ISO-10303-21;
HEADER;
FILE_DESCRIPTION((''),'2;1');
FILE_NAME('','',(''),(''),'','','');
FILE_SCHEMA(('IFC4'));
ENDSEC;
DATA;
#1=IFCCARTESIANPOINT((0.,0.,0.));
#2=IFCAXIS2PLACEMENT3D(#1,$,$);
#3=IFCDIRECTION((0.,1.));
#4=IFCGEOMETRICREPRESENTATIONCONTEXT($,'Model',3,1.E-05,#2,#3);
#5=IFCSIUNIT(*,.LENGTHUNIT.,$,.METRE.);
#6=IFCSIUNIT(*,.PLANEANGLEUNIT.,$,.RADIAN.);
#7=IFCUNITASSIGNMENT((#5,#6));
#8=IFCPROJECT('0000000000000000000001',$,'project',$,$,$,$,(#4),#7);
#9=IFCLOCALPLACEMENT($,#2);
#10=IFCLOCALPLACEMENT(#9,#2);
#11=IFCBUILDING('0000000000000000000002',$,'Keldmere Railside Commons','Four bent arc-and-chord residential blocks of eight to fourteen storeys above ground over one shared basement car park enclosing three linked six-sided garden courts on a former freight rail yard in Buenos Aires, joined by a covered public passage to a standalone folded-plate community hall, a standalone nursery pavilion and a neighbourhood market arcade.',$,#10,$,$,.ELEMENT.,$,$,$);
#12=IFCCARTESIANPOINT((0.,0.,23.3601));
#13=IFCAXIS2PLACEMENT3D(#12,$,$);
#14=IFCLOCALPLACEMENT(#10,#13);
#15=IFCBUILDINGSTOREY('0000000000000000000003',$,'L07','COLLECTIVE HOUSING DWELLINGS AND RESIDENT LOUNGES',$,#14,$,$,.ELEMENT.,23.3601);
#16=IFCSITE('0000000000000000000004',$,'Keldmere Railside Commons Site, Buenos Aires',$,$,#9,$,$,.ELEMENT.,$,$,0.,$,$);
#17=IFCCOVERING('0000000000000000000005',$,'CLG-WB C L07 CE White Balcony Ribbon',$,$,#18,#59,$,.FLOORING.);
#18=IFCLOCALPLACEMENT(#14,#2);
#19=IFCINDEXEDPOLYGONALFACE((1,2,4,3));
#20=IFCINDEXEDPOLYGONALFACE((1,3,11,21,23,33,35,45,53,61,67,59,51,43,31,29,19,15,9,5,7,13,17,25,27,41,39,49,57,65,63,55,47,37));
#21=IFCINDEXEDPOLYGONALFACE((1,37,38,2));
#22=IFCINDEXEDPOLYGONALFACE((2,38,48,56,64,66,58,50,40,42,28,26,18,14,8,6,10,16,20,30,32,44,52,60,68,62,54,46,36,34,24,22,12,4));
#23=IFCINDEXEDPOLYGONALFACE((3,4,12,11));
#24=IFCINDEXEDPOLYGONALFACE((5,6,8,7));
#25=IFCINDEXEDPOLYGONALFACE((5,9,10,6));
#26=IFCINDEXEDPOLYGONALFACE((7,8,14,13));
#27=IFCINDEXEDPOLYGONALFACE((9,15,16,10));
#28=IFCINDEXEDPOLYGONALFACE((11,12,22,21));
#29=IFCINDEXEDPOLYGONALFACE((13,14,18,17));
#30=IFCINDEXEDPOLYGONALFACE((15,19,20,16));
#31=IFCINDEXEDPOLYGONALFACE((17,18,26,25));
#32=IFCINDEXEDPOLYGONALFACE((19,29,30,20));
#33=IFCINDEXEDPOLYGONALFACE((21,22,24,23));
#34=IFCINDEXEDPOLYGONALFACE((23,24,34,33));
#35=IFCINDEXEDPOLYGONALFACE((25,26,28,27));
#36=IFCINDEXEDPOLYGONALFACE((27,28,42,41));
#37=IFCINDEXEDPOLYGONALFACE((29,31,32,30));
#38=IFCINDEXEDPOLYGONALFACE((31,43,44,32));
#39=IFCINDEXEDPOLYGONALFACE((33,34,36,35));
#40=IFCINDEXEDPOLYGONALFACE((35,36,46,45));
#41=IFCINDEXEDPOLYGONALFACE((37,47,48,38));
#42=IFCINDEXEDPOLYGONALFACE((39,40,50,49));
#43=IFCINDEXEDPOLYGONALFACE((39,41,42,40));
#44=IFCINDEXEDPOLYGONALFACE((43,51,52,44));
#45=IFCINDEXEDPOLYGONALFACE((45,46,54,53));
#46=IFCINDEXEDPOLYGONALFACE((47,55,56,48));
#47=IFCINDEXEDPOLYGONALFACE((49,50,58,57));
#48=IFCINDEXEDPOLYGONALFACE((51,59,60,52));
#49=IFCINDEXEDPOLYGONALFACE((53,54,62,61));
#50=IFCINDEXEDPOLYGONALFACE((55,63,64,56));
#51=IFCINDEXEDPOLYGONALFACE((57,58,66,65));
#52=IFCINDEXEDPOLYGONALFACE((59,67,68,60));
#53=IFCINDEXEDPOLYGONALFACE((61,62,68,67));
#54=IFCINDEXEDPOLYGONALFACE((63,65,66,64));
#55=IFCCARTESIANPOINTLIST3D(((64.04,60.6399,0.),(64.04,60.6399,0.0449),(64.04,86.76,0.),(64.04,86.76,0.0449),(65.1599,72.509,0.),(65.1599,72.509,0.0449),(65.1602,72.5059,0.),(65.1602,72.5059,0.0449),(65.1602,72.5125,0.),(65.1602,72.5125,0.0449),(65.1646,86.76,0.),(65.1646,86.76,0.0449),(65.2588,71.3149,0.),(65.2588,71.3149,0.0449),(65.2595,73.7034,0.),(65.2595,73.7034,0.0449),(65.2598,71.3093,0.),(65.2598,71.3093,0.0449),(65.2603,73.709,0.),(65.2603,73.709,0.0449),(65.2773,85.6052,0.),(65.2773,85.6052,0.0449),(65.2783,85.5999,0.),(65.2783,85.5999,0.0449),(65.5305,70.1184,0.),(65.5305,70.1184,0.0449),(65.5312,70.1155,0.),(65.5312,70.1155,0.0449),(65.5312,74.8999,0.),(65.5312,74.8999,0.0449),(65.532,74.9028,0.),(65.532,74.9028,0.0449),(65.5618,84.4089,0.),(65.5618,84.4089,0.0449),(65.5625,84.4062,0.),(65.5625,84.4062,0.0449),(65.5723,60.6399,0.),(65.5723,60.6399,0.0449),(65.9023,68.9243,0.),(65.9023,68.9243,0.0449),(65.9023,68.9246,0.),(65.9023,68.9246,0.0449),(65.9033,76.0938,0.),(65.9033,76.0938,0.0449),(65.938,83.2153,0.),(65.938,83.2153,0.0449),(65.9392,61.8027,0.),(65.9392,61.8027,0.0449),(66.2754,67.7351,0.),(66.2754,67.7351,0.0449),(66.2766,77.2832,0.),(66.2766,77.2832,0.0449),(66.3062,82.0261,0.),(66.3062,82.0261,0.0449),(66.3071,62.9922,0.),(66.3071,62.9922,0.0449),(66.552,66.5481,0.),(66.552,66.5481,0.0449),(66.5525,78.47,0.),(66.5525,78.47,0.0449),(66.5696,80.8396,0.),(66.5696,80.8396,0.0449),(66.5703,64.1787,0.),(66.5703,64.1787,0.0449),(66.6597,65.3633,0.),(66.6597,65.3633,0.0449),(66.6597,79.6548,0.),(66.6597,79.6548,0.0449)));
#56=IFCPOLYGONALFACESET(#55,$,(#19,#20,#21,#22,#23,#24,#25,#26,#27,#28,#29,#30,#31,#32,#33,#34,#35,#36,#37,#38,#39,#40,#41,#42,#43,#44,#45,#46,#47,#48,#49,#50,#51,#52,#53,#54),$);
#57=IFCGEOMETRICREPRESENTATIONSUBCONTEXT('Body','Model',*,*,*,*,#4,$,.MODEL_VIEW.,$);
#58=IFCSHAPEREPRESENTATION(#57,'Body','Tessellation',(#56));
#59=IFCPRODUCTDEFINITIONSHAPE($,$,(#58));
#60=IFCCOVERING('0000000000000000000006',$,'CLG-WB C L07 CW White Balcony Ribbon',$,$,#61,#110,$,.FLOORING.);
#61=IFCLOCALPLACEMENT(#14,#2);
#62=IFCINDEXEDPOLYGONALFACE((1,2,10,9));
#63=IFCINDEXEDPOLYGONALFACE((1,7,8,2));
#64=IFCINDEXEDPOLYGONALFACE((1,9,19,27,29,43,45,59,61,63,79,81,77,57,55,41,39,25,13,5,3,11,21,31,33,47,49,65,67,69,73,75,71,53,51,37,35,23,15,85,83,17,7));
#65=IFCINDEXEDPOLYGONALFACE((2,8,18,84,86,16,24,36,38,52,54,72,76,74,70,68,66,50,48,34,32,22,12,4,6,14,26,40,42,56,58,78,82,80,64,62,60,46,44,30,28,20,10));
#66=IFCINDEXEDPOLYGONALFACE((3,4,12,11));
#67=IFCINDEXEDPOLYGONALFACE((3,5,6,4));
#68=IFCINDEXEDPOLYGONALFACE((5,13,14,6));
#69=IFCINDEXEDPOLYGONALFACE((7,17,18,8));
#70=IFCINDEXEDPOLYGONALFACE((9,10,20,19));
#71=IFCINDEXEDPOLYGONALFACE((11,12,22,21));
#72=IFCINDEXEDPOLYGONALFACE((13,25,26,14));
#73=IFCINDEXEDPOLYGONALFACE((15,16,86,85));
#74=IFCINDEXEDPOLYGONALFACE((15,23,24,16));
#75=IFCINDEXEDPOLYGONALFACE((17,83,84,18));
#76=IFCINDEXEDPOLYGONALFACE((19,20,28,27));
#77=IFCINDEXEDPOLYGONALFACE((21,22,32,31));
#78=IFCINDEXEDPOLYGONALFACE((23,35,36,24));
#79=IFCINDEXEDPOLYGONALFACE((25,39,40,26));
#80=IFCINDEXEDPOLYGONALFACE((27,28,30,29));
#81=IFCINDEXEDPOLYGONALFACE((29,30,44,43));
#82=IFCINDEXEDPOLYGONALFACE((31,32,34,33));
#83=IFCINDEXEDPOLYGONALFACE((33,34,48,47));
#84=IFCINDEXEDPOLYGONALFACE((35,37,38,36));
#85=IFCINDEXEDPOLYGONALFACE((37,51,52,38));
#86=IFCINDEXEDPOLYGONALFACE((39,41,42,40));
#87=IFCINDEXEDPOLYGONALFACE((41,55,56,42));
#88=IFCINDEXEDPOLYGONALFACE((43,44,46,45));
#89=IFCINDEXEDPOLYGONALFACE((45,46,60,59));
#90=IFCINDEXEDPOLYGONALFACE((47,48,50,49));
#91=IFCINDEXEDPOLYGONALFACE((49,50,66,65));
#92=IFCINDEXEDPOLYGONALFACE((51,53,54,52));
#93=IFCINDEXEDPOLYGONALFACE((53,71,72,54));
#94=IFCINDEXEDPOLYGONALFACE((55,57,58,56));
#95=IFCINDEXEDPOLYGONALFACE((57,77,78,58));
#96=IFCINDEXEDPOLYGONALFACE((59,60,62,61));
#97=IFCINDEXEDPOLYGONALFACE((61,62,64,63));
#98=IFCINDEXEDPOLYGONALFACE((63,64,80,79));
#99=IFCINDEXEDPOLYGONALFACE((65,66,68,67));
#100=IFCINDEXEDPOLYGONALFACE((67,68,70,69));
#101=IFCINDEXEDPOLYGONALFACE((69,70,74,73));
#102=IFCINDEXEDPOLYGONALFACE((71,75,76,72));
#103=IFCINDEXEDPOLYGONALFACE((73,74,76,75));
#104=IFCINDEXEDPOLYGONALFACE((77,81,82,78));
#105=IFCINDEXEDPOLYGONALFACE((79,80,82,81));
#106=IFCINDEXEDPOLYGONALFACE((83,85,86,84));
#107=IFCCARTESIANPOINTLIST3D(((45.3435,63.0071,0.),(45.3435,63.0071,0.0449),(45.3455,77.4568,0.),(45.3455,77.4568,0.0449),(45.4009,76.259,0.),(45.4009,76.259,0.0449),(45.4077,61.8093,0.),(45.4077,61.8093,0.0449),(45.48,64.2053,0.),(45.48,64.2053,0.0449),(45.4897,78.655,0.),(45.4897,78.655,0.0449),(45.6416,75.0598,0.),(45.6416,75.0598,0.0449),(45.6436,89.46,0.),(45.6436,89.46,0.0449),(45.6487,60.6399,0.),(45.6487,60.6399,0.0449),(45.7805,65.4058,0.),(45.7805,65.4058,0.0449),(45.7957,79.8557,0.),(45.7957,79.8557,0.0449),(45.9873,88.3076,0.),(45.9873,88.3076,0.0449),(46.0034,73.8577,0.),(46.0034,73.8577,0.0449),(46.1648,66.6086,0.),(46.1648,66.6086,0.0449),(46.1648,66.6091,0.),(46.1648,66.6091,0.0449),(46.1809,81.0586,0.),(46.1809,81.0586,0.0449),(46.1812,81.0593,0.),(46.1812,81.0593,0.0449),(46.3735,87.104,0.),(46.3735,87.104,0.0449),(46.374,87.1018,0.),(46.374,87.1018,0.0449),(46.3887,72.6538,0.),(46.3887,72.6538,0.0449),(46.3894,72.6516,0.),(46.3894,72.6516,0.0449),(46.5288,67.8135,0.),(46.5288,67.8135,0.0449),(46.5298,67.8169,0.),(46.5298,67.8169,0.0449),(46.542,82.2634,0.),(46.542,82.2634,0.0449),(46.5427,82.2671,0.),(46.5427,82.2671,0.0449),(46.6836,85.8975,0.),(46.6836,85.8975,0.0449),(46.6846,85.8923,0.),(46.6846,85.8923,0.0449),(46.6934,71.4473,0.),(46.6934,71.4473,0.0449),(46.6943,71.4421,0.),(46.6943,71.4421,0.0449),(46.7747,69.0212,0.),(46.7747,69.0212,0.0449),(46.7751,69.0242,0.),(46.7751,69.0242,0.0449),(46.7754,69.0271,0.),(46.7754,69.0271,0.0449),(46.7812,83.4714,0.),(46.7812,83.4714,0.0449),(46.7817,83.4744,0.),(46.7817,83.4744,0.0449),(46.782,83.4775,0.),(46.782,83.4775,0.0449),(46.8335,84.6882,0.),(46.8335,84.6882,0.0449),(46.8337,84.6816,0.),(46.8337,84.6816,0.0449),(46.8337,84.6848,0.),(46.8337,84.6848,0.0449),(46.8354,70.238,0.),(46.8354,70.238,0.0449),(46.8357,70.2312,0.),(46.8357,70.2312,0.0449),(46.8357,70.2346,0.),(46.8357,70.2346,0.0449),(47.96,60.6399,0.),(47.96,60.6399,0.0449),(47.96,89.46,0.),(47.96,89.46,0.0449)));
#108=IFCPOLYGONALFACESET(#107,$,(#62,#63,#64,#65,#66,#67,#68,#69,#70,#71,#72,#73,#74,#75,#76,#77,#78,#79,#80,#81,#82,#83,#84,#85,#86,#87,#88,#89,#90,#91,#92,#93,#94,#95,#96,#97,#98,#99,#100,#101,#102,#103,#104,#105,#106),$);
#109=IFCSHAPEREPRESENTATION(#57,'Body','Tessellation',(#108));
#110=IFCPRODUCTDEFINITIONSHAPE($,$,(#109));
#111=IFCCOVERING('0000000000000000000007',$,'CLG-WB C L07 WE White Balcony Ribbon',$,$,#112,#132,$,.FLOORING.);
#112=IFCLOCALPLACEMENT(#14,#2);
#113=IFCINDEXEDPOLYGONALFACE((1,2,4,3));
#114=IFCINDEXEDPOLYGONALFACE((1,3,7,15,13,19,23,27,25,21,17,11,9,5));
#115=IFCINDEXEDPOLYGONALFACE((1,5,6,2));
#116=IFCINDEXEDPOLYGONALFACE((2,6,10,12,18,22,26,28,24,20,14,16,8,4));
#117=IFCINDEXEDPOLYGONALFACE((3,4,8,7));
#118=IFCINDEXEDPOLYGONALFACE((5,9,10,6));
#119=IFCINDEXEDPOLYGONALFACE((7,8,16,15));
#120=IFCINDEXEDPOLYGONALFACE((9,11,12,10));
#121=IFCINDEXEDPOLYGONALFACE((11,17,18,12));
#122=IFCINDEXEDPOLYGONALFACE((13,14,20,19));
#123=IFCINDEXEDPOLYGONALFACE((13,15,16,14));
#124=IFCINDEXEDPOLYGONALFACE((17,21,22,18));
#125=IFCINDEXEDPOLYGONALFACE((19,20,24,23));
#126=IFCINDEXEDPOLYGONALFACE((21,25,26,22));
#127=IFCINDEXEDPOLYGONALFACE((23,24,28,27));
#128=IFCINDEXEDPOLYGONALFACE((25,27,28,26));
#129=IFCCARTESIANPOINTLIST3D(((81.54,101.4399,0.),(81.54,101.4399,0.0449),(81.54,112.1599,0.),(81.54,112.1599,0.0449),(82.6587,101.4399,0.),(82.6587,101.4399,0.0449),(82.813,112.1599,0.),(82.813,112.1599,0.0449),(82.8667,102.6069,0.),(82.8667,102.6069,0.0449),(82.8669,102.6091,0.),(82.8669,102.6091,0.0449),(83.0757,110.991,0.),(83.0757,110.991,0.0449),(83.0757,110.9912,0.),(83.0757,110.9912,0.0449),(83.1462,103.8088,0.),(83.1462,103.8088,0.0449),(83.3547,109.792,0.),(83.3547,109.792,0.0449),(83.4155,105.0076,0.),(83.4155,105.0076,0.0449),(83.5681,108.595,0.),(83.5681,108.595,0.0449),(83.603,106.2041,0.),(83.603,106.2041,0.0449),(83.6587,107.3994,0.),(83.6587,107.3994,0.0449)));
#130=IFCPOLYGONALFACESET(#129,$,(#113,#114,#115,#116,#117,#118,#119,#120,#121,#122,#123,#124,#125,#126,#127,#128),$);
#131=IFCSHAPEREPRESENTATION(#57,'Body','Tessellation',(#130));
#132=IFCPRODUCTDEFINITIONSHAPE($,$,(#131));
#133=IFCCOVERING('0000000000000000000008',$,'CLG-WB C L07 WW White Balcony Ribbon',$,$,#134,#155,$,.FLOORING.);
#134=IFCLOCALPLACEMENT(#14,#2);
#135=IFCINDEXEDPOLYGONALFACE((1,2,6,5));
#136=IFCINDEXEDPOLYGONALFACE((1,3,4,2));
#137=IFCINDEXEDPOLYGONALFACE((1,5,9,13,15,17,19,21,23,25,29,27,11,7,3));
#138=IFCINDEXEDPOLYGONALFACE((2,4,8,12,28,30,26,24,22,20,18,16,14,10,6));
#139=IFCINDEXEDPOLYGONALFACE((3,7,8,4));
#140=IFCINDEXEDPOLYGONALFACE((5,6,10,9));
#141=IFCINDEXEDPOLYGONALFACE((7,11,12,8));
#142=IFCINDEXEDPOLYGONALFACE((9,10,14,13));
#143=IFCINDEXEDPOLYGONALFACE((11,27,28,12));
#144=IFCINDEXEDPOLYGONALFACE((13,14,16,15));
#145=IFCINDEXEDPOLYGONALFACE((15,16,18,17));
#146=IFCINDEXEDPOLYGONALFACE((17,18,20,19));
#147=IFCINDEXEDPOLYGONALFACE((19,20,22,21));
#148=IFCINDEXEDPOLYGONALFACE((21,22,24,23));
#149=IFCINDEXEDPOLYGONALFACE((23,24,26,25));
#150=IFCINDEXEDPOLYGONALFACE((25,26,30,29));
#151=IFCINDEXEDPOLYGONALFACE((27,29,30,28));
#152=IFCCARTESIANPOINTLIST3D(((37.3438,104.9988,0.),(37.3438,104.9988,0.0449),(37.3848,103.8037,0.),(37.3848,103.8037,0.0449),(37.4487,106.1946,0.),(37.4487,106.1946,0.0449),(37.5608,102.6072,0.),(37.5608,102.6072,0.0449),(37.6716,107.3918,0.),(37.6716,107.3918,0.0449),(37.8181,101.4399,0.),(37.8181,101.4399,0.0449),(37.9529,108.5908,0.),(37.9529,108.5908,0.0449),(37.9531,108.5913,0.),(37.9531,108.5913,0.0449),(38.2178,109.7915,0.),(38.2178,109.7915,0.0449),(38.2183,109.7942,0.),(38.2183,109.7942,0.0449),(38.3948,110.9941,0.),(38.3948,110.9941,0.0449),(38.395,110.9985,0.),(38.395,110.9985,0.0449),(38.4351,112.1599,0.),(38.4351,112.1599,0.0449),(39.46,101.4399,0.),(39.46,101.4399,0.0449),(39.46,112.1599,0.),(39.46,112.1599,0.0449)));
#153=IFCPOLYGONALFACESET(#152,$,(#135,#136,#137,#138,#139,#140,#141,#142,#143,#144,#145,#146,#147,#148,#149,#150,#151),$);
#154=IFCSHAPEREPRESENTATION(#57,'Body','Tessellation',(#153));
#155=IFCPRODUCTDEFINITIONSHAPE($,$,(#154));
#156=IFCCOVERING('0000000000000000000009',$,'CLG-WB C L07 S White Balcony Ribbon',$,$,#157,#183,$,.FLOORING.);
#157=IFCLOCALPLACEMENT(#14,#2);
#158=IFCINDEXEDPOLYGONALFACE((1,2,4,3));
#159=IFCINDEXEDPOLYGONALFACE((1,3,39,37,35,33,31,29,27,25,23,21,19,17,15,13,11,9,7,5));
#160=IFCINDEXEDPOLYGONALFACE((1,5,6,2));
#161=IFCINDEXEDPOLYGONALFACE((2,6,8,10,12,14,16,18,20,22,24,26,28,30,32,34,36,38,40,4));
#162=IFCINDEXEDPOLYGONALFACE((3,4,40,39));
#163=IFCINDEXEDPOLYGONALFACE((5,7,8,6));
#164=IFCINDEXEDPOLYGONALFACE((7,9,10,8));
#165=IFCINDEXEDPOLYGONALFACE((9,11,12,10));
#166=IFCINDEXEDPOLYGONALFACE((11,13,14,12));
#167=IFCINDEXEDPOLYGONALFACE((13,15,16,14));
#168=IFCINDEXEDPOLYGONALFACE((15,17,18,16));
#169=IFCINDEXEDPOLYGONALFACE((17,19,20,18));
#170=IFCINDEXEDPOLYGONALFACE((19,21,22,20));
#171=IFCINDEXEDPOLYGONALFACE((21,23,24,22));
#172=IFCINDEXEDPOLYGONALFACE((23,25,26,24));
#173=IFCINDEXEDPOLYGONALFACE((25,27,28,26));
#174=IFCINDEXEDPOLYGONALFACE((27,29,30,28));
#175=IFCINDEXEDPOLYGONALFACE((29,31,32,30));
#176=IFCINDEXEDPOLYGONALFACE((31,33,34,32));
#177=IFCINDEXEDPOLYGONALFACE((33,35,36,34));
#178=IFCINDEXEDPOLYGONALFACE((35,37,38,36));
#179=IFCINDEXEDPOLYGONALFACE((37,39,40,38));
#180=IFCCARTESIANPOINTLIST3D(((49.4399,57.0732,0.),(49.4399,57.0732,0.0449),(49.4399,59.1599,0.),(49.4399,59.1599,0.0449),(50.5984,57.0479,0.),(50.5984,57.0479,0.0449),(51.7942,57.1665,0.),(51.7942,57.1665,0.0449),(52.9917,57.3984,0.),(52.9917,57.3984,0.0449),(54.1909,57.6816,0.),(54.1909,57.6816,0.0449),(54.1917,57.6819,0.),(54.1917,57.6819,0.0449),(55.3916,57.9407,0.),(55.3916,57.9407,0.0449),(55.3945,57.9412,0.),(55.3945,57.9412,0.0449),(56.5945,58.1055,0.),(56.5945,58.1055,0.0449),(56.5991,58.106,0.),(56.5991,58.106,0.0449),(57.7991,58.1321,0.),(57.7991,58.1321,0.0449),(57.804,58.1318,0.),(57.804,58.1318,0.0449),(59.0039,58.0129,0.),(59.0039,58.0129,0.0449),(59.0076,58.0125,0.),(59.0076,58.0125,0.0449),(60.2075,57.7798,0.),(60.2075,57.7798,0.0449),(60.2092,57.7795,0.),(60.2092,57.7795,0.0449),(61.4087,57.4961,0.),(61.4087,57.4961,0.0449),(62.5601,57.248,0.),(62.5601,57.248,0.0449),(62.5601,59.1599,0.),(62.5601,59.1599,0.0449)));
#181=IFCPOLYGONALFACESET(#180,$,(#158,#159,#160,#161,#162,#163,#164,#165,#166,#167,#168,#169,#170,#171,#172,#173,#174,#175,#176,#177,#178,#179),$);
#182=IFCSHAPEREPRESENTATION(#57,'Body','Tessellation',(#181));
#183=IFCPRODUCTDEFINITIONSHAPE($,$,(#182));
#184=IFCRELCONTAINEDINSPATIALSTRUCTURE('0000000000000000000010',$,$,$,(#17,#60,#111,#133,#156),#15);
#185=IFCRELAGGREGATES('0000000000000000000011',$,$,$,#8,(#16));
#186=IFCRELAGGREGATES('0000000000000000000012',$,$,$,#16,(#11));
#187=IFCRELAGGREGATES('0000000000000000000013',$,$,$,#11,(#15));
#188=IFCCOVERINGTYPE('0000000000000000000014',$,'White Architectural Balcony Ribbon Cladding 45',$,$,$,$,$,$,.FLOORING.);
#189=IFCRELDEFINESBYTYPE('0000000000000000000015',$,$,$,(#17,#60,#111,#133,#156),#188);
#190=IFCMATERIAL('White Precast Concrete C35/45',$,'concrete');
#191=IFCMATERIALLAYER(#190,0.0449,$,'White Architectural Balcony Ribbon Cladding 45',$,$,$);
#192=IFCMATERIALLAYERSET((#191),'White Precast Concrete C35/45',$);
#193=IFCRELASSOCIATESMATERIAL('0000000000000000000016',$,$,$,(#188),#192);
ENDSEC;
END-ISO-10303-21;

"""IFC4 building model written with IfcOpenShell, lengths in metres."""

from ifc_helpers import new_model, si_unit, direction, frame, origin, place, context, subcontext, project, spatial, polyline, outline, extrude, material, layer, layer_set, type_object, element, save


model = new_model("IFC4")

# Units and contexts
model_context = context("Model", 3, precision=1e-05, world=origin(), true_north=direction((0.0, 1.0)))
body_context = subcontext(model_context, "Body", "Model", "MODEL_VIEW")
ifc_project = project(units=[si_unit("LENGTHUNIT", "METRE"), si_unit("PLANEANGLEUNIT", "RADIAN")], contexts=[model_context])

# Site, building, storey
site_placement = place(None, origin())
site = spatial("IfcSite", under=ifc_project, at=site_placement, Name="Keldmere Railside Commons Site, Buenos Aires", CompositionType="ELEMENT", RefElevation=0.0)
building_placement = place(site_placement, origin())
building = spatial("IfcBuilding", under=site, at=building_placement, Name="Keldmere Railside Commons", Description="Four bent arc-and-chord residential blocks of eight to fourteen storeys above ground over one shared basement car park enclosing three linked six-sided garden courts on a former freight rail yard in Buenos Aires, joined by a covered public passage to a standalone folded-plate community hall, a standalone nursery pavilion and a neighbourhood market arcade.", CompositionType="ELEMENT")
storey_placement = place(building_placement, frame((0.0, 0.0, 23.3601)))
storey = spatial("IfcBuildingStorey", under=building, at=storey_placement, Name="L07", Description="COLLECTIVE HOUSING DWELLINGS AND RESIDENT LOUNGES", CompositionType="ELEMENT", Elevation=23.3601)

# Coverings
ifc_material_1 = material(Name="White Precast Concrete C35/45", Category="concrete")
ifc_layer_1 = layer(ifc_material_1, 0.0449, Name="White Architectural Balcony Ribbon Cladding 45")
ifc_layer_set_1 = layer_set([ifc_layer_1], Name="White Precast Concrete C35/45")
covering_type = type_object("IfcCoveringType", Name="White Architectural Balcony Ribbon Cladding 45", PredefinedType="FLOORING", material=ifc_layer_set_1)
covering_1_placement = place(storey_placement, origin())
element("IfcCovering", 1, at=covering_1_placement, inside=storey, type_object=covering_type, Name="CLG-WB C L07 CE White Balcony Ribbon", PredefinedType="FLOORING", context=body_context, shape_type="SweptSolid", body=[
    extrude(outline(polyline([(65.9392, 61.8027), (66.3071, 62.9922), (66.5703, 64.1787), (66.6597, 65.3633), (66.552, 66.5481), (66.2754, 67.7351), (65.9023, 68.9243), (65.9023, 68.9246), (65.5312, 70.1155), (65.5305, 70.1184), (65.2598, 71.3093), (65.2588, 71.3149), (65.1602, 72.5059), (65.1599, 72.509), (65.1602, 72.5125), (65.2595, 73.7034), (65.2603, 73.709), (65.5312, 74.8999), (65.532, 74.9028), (65.9033, 76.0938), (65.9033, 76.0938), (66.2766, 77.2832), (66.5525, 78.47), (66.6597, 79.6548), (66.5696, 80.8396), (66.3062, 82.0261), (65.938, 83.2153), (65.5625, 84.4062), (65.5618, 84.4089), (65.2783, 85.5999), (65.2773, 85.6052), (65.1646, 86.76), (64.04, 86.76), (64.04, 60.6399), (65.5723, 60.6399), (65.9392, 61.8027)])), origin(), (0.0, 0.0, 1.0), 0.0449),
])
covering_2_placement = place(storey_placement, origin())
element("IfcCovering", 2, at=covering_2_placement, inside=storey, type_object=covering_type, Name="CLG-WB C L07 CW White Balcony Ribbon", PredefinedType="FLOORING", context=body_context, shape_type="SweptSolid", body=[
    extrude(outline(polyline([(47.96, 89.46), (45.6436, 89.46), (45.9873, 88.3076), (46.3735, 87.104), (46.374, 87.1018), (46.6836, 85.8975), (46.6846, 85.8923), (46.8335, 84.6882), (46.8337, 84.6848), (46.8337, 84.6816), (46.782, 83.4775), (46.7817, 83.4744), (46.7812, 83.4714), (46.5427, 82.2671), (46.542, 82.2634), (46.1812, 81.0593), (46.1809, 81.0586), (45.7957, 79.8557), (45.4897, 78.655), (45.3455, 77.4568), (45.4009, 76.259), (45.6416, 75.0598), (46.0034, 73.8577), (46.3887, 72.6538), (46.3894, 72.6516), (46.6934, 71.4473), (46.6943, 71.4421), (46.8354, 70.238), (46.8357, 70.2346), (46.8357, 70.2312), (46.7754, 69.0271), (46.7751, 69.0242), (46.7747, 69.0212), (46.5298, 67.8169), (46.5288, 67.8135), (46.1648, 66.6091), (46.1648, 66.6086), (45.7805, 65.4058), (45.48, 64.2053), (45.3435, 63.0071), (45.4077, 61.8093), (45.6487, 60.6399), (47.96, 60.6399), (47.96, 89.46)])), origin(), (0.0, 0.0, 1.0), 0.0449),
])
covering_3_placement = place(storey_placement, origin())
element("IfcCovering", 3, at=covering_3_placement, inside=storey, type_object=covering_type, Name="CLG-WB C L07 WE White Balcony Ribbon", PredefinedType="FLOORING", context=body_context, shape_type="SweptSolid", body=[
    extrude(outline(polyline([(82.8667, 102.6069), (82.8669, 102.6091), (83.1462, 103.8088), (83.4155, 105.0076), (83.603, 106.2041), (83.6587, 107.3994), (83.5681, 108.595), (83.3547, 109.792), (83.0757, 110.991), (83.0757, 110.9912), (82.813, 112.1599), (81.54, 112.1599), (81.54, 101.4399), (82.6587, 101.4399), (82.8667, 102.6069)])), origin(), (0.0, 0.0, 1.0), 0.0449),
])
covering_4_placement = place(storey_placement, origin())
element("IfcCovering", 4, at=covering_4_placement, inside=storey, type_object=covering_type, Name="CLG-WB C L07 WW White Balcony Ribbon", PredefinedType="FLOORING", context=body_context, shape_type="SweptSolid", body=[
    extrude(outline(polyline([(39.46, 112.1599), (38.4351, 112.1599), (38.395, 110.9985), (38.3948, 110.9941), (38.2183, 109.7942), (38.2178, 109.7915), (37.9531, 108.5913), (37.9529, 108.5908), (37.6716, 107.3918), (37.4487, 106.1946), (37.3438, 104.9988), (37.3848, 103.8037), (37.5608, 102.6072), (37.8181, 101.4399), (39.46, 101.4399), (39.46, 112.1599)])), origin(), (0.0, 0.0, 1.0), 0.0449),
])
covering_5_placement = place(storey_placement, origin())
element("IfcCovering", 5, at=covering_5_placement, inside=storey, type_object=covering_type, Name="CLG-WB C L07 S White Balcony Ribbon", PredefinedType="FLOORING", context=body_context, shape_type="SweptSolid", body=[
    extrude(outline(polyline([(50.5984, 57.0479), (51.7942, 57.1665), (52.9917, 57.3984), (54.1909, 57.6816), (54.1917, 57.6819), (55.3916, 57.9407), (55.3945, 57.9412), (56.5945, 58.1055), (56.5991, 58.106), (57.7991, 58.1321), (57.804, 58.1318), (59.0039, 58.0129), (59.0076, 58.0125), (60.2075, 57.7798), (60.2092, 57.7795), (61.4087, 57.4961), (62.5601, 57.248), (62.5601, 59.1599), (49.4399, 59.1599), (49.4399, 57.0732), (50.5984, 57.0479)])), origin(), (0.0, 0.0, 1.0), 0.0449),
])

save(model, "model.ifc")
